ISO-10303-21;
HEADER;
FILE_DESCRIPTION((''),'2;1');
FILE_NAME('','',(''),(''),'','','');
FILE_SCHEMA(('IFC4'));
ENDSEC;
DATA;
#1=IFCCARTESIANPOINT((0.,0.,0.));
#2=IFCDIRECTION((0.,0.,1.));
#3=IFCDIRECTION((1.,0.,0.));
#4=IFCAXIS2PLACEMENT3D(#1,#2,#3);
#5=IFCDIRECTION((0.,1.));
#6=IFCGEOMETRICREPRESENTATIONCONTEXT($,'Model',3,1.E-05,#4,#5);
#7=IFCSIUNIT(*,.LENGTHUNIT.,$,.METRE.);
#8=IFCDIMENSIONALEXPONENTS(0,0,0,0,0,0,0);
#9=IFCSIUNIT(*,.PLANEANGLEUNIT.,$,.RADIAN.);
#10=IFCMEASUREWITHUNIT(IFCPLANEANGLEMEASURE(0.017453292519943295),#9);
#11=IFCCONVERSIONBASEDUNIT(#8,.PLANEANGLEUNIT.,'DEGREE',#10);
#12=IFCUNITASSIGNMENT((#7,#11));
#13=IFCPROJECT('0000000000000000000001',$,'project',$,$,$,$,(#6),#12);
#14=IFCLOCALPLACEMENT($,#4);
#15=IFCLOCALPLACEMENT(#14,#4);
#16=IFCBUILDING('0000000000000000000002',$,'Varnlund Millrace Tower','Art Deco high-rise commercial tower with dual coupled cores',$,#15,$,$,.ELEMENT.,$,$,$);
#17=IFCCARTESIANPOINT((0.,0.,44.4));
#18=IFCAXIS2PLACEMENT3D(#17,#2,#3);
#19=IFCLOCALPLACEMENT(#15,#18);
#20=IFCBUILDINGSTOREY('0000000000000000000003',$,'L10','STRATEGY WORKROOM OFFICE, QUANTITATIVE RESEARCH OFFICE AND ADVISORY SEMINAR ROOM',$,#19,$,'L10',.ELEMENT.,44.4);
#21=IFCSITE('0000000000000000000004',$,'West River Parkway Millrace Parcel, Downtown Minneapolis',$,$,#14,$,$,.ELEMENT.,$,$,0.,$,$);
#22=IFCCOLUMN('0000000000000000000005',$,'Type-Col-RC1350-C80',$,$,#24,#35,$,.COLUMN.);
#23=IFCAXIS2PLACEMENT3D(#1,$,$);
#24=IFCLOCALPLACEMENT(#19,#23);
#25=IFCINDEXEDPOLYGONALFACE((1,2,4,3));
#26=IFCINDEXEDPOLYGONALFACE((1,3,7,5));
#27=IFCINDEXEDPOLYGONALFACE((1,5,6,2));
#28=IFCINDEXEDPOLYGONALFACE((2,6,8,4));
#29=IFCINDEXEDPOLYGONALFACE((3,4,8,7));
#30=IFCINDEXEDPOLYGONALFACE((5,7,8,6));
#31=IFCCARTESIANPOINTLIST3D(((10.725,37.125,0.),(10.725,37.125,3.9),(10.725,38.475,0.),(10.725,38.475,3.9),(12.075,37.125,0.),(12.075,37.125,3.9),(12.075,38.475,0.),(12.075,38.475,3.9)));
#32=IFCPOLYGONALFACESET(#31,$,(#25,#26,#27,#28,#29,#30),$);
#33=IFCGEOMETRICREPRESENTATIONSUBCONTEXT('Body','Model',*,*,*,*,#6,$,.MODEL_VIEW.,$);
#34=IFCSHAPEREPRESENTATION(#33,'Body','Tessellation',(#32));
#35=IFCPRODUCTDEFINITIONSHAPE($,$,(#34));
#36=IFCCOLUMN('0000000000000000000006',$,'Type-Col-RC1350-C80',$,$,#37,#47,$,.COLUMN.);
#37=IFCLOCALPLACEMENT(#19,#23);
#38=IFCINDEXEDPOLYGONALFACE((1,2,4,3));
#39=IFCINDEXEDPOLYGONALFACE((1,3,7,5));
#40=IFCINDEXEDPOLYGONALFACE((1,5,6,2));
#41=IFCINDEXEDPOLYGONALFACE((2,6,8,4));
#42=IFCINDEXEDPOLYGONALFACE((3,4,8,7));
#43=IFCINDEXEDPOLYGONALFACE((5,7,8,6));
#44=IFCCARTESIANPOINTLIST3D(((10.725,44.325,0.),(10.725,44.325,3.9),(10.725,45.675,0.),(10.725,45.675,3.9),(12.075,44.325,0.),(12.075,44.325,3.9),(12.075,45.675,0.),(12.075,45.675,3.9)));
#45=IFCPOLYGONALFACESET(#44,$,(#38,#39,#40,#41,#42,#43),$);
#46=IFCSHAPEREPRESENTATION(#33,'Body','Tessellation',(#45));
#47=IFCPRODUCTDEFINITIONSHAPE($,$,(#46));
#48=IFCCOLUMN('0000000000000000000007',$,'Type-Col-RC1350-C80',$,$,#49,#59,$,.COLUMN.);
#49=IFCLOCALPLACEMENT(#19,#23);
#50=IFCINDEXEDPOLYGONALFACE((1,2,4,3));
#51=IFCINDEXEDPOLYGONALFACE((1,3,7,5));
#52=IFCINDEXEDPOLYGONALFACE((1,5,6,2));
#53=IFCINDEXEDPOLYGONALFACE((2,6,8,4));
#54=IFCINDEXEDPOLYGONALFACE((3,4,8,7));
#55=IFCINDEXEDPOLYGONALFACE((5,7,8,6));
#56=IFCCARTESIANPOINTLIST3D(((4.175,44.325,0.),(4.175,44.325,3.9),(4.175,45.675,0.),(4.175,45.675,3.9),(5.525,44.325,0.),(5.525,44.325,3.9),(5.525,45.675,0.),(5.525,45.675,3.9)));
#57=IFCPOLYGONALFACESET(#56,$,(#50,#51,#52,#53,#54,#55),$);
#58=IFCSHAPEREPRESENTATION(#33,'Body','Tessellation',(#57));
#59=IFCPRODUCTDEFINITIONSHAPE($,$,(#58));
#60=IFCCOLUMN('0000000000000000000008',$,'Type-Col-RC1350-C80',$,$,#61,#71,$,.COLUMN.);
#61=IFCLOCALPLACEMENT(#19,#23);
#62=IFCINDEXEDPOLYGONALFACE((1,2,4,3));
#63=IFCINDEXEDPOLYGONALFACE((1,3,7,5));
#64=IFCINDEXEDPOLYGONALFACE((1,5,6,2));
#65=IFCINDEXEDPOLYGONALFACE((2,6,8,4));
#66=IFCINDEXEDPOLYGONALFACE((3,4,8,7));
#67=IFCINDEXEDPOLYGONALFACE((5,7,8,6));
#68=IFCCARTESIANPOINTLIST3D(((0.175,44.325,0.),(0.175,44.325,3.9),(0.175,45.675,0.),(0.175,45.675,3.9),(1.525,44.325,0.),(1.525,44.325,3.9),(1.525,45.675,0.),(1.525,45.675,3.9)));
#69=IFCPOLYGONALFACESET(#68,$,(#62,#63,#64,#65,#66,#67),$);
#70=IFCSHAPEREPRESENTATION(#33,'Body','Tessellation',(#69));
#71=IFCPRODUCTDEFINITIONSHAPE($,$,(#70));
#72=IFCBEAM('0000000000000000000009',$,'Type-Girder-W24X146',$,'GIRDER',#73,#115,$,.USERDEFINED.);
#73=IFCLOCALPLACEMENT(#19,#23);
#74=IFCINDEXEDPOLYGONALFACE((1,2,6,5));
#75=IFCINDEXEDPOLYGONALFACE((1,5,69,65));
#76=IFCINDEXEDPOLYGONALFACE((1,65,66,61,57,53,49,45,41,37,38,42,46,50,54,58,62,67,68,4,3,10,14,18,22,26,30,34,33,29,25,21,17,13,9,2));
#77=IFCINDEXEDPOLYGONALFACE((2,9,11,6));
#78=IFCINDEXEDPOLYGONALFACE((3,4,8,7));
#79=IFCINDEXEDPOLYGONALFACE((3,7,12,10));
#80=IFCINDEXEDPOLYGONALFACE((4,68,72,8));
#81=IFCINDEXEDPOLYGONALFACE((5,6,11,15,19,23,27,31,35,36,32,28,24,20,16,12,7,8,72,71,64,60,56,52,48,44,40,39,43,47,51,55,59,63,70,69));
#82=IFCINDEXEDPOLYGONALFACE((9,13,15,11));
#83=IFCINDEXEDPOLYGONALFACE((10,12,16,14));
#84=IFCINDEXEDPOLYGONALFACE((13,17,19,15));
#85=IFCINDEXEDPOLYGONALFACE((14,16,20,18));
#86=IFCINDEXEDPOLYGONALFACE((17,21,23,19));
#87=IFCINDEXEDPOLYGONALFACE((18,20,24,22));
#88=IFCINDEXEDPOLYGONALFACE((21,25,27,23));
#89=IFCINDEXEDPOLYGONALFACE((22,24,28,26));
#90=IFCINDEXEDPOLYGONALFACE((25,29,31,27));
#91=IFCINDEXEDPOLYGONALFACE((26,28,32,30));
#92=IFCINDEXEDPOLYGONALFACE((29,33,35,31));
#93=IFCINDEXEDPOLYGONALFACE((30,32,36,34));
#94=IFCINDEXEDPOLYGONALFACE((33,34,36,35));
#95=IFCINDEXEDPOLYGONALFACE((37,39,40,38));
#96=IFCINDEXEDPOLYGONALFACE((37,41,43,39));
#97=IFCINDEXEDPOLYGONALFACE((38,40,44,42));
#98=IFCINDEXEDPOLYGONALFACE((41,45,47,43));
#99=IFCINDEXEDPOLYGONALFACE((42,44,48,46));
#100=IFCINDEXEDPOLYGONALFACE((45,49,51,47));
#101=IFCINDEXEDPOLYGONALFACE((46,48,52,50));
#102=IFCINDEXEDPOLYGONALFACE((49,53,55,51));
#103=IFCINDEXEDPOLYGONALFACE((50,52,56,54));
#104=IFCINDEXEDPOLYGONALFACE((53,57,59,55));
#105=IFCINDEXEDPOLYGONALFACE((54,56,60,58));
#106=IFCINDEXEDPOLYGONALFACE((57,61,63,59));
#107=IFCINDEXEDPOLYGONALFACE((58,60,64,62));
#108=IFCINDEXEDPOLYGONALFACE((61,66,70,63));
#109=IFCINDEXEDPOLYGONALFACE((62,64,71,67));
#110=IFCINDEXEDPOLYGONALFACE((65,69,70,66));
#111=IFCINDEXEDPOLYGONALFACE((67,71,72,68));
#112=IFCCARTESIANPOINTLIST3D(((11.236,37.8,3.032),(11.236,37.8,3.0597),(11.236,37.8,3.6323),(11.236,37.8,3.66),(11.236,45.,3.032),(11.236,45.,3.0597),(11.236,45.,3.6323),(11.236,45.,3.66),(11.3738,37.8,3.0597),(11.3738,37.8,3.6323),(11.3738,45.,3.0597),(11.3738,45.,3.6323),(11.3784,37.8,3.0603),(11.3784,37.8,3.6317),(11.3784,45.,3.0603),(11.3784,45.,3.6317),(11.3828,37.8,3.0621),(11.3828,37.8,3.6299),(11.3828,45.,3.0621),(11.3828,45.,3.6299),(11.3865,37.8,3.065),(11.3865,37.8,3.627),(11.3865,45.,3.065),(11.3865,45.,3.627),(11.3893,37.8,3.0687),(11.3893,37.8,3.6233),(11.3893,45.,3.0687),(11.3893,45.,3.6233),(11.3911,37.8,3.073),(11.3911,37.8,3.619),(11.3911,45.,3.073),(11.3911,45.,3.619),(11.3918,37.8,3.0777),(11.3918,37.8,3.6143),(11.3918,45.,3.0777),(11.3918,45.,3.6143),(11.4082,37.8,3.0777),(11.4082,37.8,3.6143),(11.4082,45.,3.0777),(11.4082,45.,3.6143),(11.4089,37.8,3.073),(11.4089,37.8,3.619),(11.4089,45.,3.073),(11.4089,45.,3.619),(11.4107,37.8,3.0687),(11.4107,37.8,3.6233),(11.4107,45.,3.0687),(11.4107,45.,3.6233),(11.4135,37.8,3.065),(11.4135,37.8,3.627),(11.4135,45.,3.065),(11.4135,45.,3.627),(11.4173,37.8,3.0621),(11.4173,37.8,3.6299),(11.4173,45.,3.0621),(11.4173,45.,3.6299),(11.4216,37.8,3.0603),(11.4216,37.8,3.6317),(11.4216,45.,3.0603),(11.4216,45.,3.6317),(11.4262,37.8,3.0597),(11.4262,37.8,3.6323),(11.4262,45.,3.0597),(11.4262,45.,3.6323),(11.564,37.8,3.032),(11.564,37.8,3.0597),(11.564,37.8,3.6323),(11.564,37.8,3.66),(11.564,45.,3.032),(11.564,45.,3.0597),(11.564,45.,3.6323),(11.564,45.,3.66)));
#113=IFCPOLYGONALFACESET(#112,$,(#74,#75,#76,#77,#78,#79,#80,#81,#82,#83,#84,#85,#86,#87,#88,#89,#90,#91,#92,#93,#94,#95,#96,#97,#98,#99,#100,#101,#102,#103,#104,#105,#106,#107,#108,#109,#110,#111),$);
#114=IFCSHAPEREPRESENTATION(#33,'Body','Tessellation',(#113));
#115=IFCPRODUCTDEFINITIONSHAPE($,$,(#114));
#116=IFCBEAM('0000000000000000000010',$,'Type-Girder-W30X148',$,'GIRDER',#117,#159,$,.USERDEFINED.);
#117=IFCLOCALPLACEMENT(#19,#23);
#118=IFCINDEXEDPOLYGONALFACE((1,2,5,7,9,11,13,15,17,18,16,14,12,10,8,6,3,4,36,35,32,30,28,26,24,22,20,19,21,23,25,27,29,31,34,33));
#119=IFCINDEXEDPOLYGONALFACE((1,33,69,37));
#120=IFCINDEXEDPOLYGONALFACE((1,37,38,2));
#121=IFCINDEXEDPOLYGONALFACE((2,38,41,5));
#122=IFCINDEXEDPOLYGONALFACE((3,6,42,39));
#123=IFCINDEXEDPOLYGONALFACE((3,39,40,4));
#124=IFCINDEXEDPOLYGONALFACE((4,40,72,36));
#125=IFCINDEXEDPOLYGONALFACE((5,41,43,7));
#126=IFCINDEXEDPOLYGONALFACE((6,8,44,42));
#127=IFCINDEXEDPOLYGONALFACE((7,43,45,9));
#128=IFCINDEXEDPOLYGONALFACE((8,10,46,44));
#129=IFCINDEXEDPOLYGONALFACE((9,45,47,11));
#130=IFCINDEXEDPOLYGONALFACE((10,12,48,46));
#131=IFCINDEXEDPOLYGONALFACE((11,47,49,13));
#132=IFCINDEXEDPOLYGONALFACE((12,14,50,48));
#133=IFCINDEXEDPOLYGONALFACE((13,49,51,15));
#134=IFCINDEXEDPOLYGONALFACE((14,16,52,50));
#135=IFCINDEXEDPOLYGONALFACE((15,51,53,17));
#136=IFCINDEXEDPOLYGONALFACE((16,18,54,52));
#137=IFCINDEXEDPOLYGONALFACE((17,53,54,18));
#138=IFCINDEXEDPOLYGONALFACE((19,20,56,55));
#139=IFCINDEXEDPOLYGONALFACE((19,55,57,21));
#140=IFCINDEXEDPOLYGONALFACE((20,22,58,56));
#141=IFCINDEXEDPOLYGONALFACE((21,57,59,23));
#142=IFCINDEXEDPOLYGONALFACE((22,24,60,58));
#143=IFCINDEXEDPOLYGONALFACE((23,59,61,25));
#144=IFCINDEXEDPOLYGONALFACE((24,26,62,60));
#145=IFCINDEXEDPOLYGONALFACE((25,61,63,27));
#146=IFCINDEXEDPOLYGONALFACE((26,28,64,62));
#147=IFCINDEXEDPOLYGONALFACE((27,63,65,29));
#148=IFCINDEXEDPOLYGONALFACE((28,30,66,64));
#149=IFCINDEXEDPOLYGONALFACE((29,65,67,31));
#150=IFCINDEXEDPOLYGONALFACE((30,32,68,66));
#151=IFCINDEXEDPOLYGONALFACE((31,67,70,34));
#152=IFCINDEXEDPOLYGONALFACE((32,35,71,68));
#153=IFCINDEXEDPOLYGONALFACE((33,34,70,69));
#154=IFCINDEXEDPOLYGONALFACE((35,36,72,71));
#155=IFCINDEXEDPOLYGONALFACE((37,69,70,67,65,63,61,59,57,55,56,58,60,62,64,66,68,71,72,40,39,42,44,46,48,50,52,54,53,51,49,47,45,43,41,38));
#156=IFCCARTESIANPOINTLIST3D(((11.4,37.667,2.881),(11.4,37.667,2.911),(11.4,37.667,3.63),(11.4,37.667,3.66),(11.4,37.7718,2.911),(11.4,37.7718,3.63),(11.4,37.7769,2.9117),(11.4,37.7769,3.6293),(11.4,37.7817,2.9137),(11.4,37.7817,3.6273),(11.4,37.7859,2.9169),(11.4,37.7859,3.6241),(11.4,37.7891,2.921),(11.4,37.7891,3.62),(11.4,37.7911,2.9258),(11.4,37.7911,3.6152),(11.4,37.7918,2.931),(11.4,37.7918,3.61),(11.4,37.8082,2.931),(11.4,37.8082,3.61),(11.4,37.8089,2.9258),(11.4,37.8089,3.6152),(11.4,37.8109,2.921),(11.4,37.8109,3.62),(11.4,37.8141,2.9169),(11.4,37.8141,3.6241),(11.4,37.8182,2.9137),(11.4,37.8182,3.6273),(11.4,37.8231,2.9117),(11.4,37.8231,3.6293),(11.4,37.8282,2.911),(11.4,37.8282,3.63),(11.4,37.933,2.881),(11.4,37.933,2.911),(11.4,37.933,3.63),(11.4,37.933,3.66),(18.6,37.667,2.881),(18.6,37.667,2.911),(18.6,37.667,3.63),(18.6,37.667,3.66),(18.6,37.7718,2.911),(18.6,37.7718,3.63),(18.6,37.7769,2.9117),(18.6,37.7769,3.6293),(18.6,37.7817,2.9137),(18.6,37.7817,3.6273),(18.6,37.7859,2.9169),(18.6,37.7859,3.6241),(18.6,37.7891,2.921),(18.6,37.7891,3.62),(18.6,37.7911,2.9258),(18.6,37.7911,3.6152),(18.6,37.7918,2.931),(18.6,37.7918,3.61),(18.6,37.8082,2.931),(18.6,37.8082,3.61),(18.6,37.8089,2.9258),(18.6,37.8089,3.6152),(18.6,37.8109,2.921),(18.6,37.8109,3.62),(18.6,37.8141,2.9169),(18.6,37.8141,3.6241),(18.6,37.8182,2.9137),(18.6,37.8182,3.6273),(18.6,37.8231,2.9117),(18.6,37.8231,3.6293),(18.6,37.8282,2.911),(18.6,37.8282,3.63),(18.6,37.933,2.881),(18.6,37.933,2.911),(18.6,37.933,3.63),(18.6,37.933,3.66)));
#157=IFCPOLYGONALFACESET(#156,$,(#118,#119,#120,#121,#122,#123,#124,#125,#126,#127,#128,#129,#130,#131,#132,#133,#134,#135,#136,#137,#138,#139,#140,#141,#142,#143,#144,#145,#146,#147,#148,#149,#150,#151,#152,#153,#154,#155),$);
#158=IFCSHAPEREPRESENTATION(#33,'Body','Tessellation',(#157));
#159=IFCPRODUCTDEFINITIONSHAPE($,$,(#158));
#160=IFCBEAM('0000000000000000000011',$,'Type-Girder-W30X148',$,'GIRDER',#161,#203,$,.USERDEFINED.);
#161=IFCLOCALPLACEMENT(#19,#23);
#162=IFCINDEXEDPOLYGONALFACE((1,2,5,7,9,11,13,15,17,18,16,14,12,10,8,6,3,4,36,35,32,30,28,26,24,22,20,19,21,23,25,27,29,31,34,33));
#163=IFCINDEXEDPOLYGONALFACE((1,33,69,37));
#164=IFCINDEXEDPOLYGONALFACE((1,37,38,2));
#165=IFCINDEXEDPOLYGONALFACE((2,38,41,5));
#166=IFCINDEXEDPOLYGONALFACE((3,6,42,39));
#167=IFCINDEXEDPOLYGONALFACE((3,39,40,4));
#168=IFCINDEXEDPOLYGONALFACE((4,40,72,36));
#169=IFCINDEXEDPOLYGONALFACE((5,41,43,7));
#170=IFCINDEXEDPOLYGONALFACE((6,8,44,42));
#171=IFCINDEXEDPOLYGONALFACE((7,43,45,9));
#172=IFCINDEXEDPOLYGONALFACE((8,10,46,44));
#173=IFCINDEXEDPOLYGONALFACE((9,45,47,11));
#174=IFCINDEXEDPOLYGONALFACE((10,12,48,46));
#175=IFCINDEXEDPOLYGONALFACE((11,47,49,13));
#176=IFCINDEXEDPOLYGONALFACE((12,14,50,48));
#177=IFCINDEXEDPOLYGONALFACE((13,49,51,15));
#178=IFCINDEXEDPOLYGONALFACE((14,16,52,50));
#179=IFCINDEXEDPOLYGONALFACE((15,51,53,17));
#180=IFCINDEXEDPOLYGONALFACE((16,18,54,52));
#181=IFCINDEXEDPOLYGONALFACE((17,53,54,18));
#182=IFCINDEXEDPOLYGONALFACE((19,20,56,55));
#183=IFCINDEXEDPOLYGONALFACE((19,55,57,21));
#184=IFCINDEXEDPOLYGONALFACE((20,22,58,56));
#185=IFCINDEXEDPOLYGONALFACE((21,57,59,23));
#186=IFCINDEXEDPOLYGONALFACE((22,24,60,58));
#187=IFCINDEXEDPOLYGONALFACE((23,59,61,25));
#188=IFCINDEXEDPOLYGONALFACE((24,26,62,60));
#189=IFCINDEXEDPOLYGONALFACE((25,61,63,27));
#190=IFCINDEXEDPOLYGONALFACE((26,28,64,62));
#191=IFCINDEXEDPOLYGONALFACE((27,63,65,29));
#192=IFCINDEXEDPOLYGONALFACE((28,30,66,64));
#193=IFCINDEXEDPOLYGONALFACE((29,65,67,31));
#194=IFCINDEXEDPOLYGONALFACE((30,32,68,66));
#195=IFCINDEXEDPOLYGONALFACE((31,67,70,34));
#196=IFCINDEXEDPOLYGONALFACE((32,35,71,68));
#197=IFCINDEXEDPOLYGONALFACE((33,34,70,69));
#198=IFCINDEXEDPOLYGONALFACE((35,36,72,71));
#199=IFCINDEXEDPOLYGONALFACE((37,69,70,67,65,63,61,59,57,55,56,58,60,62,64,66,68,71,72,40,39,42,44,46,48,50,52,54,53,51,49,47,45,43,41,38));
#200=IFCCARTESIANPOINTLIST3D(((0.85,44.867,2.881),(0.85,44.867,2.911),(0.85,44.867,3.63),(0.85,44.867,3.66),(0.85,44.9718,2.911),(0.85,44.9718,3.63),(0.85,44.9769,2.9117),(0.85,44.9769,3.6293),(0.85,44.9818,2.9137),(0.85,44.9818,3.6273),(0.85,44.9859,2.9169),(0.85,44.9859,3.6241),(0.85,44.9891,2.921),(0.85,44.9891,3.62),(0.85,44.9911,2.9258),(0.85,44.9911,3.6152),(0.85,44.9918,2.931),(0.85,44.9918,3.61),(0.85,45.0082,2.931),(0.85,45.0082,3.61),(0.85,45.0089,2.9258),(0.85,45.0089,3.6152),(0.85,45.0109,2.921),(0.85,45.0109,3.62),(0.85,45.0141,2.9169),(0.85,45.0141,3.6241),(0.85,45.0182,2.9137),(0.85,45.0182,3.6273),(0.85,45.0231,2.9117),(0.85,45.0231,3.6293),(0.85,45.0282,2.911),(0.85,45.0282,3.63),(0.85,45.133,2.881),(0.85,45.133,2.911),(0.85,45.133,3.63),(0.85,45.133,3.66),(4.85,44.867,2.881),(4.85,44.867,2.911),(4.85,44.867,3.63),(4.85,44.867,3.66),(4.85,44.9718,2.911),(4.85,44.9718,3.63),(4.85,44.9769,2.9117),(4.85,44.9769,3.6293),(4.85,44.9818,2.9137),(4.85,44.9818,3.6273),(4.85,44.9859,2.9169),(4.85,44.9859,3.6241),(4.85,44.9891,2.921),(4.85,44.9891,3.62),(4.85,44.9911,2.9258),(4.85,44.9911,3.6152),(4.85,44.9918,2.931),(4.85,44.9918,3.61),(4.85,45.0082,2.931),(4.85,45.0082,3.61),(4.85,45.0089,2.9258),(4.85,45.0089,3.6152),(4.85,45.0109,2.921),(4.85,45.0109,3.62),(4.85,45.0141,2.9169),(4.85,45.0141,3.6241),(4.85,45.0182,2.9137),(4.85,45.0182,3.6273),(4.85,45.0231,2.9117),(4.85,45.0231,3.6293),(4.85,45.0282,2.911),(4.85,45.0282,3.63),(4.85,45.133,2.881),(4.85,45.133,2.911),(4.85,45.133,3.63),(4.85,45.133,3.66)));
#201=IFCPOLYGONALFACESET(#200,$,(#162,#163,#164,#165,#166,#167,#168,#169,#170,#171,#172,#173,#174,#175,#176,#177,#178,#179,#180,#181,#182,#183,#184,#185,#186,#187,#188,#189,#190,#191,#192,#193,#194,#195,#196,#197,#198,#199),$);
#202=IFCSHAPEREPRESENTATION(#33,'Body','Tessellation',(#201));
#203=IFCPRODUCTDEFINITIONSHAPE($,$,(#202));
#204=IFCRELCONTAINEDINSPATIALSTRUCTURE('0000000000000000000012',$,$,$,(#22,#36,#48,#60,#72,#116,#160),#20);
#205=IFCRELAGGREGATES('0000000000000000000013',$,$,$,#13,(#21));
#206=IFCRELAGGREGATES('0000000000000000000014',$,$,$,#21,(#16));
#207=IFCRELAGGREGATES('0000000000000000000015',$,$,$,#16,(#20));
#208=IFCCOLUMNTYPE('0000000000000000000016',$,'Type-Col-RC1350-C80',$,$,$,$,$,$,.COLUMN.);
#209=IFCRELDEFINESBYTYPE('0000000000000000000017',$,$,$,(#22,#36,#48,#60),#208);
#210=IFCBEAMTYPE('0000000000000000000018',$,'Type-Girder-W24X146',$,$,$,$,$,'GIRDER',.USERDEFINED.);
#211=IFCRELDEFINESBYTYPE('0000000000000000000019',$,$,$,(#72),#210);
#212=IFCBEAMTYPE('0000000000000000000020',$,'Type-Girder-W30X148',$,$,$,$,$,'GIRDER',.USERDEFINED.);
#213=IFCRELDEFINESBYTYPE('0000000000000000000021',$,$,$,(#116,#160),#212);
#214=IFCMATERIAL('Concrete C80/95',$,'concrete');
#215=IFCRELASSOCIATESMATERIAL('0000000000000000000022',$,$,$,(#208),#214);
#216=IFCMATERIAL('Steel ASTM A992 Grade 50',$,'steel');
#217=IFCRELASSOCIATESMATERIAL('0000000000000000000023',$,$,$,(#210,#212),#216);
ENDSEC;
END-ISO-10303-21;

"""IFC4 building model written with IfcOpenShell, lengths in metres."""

from ifc_helpers import new_model, entity, si_unit, converted_unit, direction, frame, origin_with_axes, origin_2d_with_axis, place, context, subcontext, project, spatial, rectangle, i_section, extrude, material, material_profile, profile_set, type_object, element, save


model = new_model("IFC4")

# Units and contexts
model_context = context("Model", 3, precision=1e-05, world=origin_with_axes(), true_north=direction((0.0, 1.0)))
body_context = subcontext(model_context, "Body", "Model", "MODEL_VIEW")
ifc_project = project(units=[si_unit("LENGTHUNIT", "METRE"), converted_unit("PLANEANGLEUNIT", "DEGREE", entity("IfcPlaneAngleMeasure", 0.017453292519943295), si_unit("PLANEANGLEUNIT", "RADIAN"), dimensions=[0, 0, 0, 0, 0, 0, 0])], contexts=[model_context])

# Site, building, storey
site_placement = place(None, origin_with_axes())
site = spatial("IfcSite", under=ifc_project, at=site_placement, Name="West River Parkway Millrace Parcel, Downtown Minneapolis", CompositionType="ELEMENT", RefElevation=0.0)
building_placement = place(site_placement, origin_with_axes())
building = spatial("IfcBuilding", under=site, at=building_placement, Name="Varnlund Millrace Tower", Description="Art Deco high-rise commercial tower with dual coupled cores", CompositionType="ELEMENT")
storey_placement = place(building_placement, frame((0.0, 0.0, 44.4), z_axis=(0.0, 0.0, 1.0), x_axis=(1.0, 0.0, 0.0)))
storey = spatial("IfcBuildingStorey", under=building, at=storey_placement, Name="L10", Description="STRATEGY WORKROOM OFFICE, QUANTITATIVE RESEARCH OFFICE AND ADVISORY SEMINAR ROOM", LongName="L10", CompositionType="ELEMENT", Elevation=44.4)

# Columns
ifc_material_1 = material(Name="Concrete C80/95", Category="concrete")
ifc_material_profile_1 = material_profile(ifc_material_1, rectangle(XDim=1.35, YDim=1.35, at=origin_2d_with_axis()), Name="Concrete C80/95")
ifc_profile_set_1 = profile_set([ifc_material_profile_1], Name="Concrete C80/95")
column_type = type_object("IfcColumnType", Name="Type-Col-RC1350-C80", PredefinedType="COLUMN", material=ifc_profile_set_1)
for number, where, z_axis, x_axis, name in (
    (1, (11.4, 37.8, 0.0), (0.0, 0.0, 1.0), (1.0, 0.0, 0.0), "Type-Col-RC1350-C80"),
    (2, (11.4, 45.0, 0.0), (0.0, 0.0, 1.0), (1.0, 0.0, 0.0), "Type-Col-RC1350-C80"),
    (3, (4.85, 45.0, 0.0), (0.0, 0.0, 1.0), (1.0, 0.0, 0.0), "Type-Col-RC1350-C80"),
    (4, (0.85, 45.0, 0.0), (0.0, 0.0, 1.0), (1.0, 0.0, 0.0), "Type-Col-RC1350-C80"),
):
    element("IfcColumn", number, at=place(storey_placement, frame(where, z_axis=z_axis, x_axis=x_axis)), inside=storey, type_object=column_type, Name=name, PredefinedType="COLUMN", context=body_context, shape_type="SweptSolid", body=[
        extrude(rectangle(XDim=1.35, YDim=1.35, at=origin_2d_with_axis()), origin_with_axes(), (0.0, 0.0, 1.0), 3.9),
    ])

# Beams
ifc_material_2 = material(Name="Steel ASTM A992 Grade 50", Category="steel")
ifc_material_profile_2 = material_profile(ifc_material_2, i_section(OverallWidth=0.328, OverallDepth=0.628, WebThickness=0.0165, FlangeThickness=0.0277, FilletRadius=0.018, at=origin_2d_with_axis()), Name="Steel ASTM A992 Grade 50")
ifc_profile_set_2 = profile_set([ifc_material_profile_2], Name="Steel ASTM A992 Grade 50")
beam_type_1 = type_object("IfcBeamType", Name="Type-Girder-W24X146", ElementType="GIRDER", PredefinedType="USERDEFINED", material=ifc_profile_set_2)
beam_1_placement = place(storey_placement, frame((11.4, 37.8, 3.346), z_axis=(0.0, 1.0, 0.0), x_axis=(-1.0, 0.0, 0.0)))
element("IfcBeam", 5, at=beam_1_placement, inside=storey, type_object=beam_type_1, Name="Type-Girder-W24X146", ObjectType="GIRDER", PredefinedType="USERDEFINED", context=body_context, shape_type="SweptSolid", body=[
    extrude(i_section(OverallWidth=0.328, OverallDepth=0.628, WebThickness=0.0165, FlangeThickness=0.0277, FilletRadius=0.018, at=origin_2d_with_axis()), origin_with_axes(), (0.0, 0.0, 1.0), 7.2),
])
ifc_material_profile_3 = material_profile(ifc_material_2, i_section(OverallWidth=0.266, OverallDepth=0.779, WebThickness=0.0165, FlangeThickness=0.03, FilletRadius=0.02, at=origin_2d_with_axis()), Name="Steel ASTM A992 Grade 50")
ifc_profile_set_3 = profile_set([ifc_material_profile_3], Name="Steel ASTM A992 Grade 50")
beam_type_2 = type_object("IfcBeamType", Name="Type-Girder-W30X148", ElementType="GIRDER", PredefinedType="USERDEFINED", material=ifc_profile_set_3)
beam_2_placement = place(storey_placement, frame((11.4, 37.8, 3.2705), z_axis=(1.0, 0.0, 0.0), x_axis=(0.0, 1.0, 0.0)))
element("IfcBeam", 6, at=beam_2_placement, inside=storey, type_object=beam_type_2, Name="Type-Girder-W30X148", ObjectType="GIRDER", PredefinedType="USERDEFINED", context=body_context, shape_type="SweptSolid", body=[
    extrude(i_section(OverallWidth=0.266, OverallDepth=0.779, WebThickness=0.0165, FlangeThickness=0.03, FilletRadius=0.02, at=origin_2d_with_axis()), origin_with_axes(), (0.0, 0.0, 1.0), 7.2),
])
beam_3_placement = place(storey_placement, frame((0.85, 45.0, 3.2705), z_axis=(1.0, 0.0, 0.0), x_axis=(0.0, 1.0, 0.0)))
element("IfcBeam", 7, at=beam_3_placement, inside=storey, type_object=beam_type_2, Name="Type-Girder-W30X148", ObjectType="GIRDER", PredefinedType="USERDEFINED", context=body_context, shape_type="SweptSolid", body=[
    extrude(i_section(OverallWidth=0.266, OverallDepth=0.779, WebThickness=0.0165, FlangeThickness=0.03, FilletRadius=0.02, at=origin_2d_with_axis()), origin_with_axes(), (0.0, 0.0, 1.0), 4.0),
])

save(model, "model.ifc")
